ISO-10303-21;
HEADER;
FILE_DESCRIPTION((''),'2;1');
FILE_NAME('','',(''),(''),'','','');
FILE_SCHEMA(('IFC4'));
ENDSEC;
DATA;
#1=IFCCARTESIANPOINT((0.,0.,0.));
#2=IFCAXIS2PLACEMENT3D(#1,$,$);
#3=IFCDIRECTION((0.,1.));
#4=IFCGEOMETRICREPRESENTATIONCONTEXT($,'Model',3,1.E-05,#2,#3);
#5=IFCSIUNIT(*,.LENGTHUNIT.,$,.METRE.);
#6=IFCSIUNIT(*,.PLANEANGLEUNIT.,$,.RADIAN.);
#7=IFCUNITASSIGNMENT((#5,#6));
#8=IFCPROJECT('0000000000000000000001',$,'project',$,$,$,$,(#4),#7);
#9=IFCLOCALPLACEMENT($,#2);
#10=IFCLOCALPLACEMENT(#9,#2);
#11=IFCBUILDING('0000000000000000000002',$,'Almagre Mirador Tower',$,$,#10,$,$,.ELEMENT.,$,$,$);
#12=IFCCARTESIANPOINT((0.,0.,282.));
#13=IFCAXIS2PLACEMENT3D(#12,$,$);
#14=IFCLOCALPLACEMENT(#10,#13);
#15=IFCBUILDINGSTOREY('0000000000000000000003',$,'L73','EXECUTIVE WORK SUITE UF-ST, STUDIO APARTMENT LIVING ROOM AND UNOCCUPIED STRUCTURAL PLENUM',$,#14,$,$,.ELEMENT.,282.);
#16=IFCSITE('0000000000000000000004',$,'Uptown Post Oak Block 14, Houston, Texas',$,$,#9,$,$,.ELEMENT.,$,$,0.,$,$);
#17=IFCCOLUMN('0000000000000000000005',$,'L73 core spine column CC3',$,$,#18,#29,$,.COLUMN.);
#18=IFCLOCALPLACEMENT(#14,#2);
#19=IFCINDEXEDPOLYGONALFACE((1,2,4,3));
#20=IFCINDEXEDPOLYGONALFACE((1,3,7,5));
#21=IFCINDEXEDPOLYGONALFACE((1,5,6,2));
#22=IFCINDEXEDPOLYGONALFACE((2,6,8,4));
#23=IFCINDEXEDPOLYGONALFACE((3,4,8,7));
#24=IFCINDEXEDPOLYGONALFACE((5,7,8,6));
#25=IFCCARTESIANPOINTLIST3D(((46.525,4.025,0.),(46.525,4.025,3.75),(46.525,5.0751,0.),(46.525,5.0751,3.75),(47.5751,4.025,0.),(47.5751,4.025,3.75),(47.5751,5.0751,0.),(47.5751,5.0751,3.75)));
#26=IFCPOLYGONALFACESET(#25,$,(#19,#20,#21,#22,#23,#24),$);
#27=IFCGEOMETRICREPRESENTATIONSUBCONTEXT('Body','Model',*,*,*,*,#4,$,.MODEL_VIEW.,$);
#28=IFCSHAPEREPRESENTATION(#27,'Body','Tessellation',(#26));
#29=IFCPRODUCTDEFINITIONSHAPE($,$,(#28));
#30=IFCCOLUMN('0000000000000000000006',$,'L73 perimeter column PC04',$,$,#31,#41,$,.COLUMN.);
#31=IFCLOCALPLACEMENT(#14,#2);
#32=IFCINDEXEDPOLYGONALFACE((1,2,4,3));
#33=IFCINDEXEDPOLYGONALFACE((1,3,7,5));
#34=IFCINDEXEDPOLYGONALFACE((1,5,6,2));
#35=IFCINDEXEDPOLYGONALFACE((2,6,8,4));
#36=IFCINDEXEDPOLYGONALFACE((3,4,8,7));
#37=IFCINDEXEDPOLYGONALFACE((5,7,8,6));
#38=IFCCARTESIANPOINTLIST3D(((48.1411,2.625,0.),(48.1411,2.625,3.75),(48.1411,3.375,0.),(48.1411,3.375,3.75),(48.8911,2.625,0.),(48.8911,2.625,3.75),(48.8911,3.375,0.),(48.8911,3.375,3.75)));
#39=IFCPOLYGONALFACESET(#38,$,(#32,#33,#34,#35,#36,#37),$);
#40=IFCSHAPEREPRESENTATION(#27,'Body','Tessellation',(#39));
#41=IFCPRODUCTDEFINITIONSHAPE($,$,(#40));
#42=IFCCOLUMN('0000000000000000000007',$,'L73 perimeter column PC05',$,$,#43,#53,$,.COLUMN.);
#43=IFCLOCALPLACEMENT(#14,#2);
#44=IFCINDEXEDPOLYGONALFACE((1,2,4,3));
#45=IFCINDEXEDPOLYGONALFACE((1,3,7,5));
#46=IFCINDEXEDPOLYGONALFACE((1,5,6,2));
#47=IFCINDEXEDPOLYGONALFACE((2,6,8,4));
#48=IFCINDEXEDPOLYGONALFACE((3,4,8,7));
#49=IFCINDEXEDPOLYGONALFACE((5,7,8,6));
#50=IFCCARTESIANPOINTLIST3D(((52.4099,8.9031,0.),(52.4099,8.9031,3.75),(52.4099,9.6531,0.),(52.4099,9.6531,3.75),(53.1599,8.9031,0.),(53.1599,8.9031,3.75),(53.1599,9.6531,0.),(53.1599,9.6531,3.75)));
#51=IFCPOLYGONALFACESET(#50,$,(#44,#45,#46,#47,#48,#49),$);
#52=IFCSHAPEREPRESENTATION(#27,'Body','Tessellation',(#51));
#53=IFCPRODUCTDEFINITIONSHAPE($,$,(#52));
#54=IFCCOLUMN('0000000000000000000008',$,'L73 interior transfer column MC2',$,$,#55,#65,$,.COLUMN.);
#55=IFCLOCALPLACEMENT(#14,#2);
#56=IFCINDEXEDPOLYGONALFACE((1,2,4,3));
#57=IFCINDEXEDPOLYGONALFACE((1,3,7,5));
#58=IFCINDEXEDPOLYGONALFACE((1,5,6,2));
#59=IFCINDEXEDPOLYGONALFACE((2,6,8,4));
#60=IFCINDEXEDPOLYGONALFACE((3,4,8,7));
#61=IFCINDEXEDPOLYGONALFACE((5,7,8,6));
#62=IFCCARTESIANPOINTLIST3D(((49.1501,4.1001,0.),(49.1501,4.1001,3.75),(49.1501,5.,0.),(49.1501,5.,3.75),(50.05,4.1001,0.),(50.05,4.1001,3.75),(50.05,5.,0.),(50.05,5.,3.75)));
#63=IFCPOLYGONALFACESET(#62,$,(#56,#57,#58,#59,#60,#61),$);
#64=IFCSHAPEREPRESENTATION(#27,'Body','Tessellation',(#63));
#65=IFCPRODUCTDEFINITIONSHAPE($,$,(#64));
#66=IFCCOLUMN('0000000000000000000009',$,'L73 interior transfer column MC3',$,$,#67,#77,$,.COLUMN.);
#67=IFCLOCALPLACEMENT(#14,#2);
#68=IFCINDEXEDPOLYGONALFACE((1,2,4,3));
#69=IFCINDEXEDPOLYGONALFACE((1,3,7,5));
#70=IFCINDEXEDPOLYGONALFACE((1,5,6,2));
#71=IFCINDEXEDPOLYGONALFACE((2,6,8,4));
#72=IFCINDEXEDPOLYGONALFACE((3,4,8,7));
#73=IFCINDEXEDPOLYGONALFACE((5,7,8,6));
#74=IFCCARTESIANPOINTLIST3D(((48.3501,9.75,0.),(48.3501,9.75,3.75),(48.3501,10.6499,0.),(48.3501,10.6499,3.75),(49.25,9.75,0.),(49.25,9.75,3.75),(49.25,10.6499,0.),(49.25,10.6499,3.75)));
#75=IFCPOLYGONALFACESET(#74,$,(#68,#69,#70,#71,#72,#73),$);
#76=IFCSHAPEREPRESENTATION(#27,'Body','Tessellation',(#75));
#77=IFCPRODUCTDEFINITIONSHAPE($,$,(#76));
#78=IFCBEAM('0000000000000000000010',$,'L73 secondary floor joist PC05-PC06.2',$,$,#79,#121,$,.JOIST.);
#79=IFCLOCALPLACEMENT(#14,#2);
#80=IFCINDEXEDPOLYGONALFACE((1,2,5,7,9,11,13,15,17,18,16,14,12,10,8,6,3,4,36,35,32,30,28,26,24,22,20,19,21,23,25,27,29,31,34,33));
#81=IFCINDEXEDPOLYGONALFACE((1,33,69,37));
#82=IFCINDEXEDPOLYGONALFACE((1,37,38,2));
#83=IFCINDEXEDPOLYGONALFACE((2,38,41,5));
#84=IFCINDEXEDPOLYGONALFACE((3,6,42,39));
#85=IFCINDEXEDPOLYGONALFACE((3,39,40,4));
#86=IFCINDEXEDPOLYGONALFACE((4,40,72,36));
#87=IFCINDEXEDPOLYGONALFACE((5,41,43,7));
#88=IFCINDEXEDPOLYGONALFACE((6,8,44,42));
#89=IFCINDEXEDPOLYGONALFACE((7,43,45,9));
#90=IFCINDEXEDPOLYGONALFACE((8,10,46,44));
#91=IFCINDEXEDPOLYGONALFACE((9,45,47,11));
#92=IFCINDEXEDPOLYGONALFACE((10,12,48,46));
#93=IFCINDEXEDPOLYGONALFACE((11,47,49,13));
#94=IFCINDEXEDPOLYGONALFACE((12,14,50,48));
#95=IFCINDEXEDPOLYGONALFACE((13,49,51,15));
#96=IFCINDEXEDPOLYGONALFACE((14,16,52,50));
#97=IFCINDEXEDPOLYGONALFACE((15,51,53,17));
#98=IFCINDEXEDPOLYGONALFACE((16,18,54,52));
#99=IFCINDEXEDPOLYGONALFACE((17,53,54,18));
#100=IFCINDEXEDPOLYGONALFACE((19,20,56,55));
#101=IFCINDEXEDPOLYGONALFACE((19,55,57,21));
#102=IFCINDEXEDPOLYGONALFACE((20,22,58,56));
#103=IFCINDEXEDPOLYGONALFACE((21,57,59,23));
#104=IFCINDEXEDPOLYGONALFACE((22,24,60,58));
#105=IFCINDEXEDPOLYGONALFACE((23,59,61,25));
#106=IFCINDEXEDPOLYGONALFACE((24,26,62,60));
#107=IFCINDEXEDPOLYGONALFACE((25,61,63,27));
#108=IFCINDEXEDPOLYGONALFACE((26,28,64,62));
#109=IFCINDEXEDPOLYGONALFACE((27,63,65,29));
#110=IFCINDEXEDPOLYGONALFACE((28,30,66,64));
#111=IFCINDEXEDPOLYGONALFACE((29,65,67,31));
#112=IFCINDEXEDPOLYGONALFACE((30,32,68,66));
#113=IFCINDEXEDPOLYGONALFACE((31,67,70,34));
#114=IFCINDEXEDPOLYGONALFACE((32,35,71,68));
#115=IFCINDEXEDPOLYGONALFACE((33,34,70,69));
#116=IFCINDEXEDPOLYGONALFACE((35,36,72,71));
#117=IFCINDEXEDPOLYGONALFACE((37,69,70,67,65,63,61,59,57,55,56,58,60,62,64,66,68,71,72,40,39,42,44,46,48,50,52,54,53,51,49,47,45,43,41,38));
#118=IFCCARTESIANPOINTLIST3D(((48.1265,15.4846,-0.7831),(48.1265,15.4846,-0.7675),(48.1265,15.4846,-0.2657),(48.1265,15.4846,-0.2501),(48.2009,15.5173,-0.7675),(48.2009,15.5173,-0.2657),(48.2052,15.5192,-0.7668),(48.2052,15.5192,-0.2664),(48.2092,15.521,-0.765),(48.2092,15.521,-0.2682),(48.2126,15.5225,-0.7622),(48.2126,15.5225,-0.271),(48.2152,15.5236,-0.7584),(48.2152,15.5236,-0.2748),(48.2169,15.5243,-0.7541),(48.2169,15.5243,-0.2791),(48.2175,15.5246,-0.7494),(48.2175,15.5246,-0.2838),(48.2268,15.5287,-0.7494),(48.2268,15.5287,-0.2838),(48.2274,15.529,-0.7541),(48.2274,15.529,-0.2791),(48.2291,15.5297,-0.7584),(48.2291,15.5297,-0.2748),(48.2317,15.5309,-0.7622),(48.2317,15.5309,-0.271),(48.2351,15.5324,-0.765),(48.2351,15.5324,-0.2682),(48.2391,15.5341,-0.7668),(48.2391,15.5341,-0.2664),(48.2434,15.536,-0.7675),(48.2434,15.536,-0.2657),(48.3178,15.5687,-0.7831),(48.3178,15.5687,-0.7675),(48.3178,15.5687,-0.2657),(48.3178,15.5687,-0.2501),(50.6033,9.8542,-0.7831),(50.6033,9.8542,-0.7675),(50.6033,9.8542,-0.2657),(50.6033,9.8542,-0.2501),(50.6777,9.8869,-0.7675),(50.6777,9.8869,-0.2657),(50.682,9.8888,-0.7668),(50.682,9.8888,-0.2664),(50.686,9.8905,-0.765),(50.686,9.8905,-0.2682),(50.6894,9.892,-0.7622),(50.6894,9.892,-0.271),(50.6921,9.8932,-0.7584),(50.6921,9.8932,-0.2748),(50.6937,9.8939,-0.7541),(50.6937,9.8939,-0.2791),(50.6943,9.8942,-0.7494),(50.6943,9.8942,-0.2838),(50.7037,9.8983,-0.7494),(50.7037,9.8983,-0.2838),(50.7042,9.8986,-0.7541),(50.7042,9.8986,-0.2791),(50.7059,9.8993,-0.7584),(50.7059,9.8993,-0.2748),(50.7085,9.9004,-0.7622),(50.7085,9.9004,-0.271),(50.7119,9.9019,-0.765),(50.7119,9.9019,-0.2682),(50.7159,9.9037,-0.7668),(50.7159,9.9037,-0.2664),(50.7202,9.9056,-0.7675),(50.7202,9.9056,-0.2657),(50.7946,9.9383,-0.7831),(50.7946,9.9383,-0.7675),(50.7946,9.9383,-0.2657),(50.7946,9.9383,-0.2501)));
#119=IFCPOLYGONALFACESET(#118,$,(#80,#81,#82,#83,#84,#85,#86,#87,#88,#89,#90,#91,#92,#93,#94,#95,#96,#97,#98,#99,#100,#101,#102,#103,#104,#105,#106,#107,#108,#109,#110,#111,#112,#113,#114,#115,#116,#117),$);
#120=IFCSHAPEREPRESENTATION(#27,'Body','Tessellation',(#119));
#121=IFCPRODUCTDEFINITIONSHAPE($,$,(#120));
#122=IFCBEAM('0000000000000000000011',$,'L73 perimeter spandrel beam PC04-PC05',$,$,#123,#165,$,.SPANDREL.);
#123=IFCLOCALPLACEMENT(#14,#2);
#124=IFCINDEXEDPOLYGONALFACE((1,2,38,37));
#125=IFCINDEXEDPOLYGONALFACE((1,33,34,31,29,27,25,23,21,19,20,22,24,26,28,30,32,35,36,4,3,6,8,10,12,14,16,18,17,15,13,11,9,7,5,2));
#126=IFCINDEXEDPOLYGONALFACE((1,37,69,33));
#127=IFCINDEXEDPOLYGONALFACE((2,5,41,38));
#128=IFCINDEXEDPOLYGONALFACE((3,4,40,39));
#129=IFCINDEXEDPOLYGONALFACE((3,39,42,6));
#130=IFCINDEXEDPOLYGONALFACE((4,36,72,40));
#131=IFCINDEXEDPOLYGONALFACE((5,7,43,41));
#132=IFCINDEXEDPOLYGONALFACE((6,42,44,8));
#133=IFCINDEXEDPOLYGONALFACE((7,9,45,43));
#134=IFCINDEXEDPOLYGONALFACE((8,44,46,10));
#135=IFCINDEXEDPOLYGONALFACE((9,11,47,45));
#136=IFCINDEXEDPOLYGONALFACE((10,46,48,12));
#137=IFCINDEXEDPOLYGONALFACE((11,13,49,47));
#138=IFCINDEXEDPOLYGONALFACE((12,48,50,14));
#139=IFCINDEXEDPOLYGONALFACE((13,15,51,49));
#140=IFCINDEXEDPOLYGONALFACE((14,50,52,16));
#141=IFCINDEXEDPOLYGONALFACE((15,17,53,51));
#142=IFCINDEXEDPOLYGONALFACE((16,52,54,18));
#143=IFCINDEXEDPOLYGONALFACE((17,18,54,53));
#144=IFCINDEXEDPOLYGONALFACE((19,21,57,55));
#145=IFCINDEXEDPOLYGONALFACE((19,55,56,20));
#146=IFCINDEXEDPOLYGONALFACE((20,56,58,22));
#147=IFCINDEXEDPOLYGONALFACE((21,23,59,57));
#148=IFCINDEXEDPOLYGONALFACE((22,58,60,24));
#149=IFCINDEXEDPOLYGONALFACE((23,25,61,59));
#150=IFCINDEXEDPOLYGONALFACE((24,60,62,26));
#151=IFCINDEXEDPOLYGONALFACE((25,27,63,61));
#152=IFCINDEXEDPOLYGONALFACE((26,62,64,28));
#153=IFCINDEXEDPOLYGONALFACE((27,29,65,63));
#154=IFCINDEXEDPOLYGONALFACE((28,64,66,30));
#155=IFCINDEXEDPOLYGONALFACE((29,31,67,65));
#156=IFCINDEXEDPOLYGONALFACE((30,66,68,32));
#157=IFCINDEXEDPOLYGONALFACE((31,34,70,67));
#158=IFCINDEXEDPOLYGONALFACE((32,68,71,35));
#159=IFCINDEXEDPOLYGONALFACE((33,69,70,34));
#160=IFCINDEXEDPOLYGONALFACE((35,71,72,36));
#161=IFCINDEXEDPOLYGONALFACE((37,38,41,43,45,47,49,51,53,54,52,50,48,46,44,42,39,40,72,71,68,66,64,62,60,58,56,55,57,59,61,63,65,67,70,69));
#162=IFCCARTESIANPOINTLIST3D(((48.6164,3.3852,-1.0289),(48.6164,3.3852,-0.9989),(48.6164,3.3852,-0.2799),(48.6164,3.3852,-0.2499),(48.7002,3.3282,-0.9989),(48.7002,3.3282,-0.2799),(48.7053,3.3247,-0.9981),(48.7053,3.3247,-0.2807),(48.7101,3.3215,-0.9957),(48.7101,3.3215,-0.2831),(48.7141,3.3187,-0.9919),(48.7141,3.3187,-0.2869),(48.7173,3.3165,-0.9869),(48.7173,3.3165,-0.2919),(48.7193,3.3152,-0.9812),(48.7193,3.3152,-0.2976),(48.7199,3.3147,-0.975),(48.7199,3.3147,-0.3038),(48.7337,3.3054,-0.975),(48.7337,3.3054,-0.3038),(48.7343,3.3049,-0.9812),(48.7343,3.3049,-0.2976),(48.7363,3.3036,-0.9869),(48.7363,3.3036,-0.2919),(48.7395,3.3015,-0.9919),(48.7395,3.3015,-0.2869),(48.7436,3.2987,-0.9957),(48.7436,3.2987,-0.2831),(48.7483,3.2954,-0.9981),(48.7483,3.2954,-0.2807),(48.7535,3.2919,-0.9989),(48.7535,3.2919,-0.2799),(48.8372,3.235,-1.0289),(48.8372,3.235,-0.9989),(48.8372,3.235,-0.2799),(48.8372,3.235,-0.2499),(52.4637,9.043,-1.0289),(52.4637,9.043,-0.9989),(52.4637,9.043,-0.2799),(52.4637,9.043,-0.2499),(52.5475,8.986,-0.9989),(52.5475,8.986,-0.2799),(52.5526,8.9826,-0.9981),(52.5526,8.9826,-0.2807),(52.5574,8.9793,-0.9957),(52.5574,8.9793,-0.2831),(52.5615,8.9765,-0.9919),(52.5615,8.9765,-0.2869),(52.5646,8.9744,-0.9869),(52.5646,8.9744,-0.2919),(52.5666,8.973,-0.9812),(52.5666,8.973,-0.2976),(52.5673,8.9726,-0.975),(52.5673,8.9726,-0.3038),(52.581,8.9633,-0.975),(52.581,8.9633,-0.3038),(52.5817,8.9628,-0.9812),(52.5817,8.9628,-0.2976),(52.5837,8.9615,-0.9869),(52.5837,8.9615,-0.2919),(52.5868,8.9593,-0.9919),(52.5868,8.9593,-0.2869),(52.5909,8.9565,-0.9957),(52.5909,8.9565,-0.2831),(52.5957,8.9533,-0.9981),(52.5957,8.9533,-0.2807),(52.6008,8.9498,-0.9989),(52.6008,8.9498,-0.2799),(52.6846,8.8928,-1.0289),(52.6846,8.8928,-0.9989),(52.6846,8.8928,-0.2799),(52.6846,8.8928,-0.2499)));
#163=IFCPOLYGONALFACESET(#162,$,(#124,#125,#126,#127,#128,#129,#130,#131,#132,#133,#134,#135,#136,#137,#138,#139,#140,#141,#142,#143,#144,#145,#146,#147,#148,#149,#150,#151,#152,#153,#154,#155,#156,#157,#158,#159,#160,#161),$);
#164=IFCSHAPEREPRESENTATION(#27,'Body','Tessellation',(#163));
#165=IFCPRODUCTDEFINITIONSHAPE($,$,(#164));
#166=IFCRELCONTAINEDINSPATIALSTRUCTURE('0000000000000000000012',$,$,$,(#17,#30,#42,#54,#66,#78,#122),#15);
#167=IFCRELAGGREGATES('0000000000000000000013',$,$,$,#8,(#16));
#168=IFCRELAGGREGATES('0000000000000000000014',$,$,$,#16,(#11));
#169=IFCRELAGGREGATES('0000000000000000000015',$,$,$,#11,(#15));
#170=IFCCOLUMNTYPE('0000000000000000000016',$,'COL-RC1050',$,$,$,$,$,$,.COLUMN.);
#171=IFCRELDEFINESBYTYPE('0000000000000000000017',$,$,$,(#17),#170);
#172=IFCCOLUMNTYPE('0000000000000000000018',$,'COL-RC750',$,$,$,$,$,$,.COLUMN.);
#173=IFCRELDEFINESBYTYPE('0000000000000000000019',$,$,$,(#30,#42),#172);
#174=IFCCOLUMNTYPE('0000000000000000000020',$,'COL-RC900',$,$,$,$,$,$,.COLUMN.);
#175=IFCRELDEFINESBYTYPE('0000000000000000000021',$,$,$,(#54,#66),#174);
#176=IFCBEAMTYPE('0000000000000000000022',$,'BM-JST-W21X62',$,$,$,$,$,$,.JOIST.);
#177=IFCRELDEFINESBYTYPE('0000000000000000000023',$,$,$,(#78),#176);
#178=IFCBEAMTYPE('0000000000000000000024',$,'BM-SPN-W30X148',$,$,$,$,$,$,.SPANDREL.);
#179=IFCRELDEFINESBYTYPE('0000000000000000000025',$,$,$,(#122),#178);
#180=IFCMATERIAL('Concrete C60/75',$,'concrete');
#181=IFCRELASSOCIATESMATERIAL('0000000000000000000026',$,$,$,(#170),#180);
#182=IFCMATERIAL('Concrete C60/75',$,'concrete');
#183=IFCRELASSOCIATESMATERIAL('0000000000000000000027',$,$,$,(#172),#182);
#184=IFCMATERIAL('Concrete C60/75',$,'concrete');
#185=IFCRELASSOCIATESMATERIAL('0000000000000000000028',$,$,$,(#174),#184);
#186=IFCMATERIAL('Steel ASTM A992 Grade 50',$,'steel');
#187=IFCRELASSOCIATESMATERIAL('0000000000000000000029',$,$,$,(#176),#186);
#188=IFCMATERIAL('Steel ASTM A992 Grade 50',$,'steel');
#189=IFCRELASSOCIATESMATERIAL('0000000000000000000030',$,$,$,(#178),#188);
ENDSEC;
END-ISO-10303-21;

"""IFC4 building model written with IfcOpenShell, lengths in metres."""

from ifc_helpers import new_model, si_unit, direction, frame, origin, origin_2d, place, context, subcontext, project, spatial, rectangle, i_section, extrude, material, material_profile, profile_set, type_object, element, save


model = new_model("IFC4")

# Units and contexts
model_context = context("Model", 3, precision=1e-05, world=origin(), true_north=direction((0.0, 1.0)))
body_context = subcontext(model_context, "Body", "Model", "MODEL_VIEW")
ifc_project = project(units=[si_unit("LENGTHUNIT", "METRE"), si_unit("PLANEANGLEUNIT", "RADIAN")], contexts=[model_context])

# Site, building, storey
site_placement = place(None, origin())
site = spatial("IfcSite", under=ifc_project, at=site_placement, Name="Uptown Post Oak Block 14, Houston, Texas", CompositionType="ELEMENT", RefElevation=0.0)
building_placement = place(site_placement, origin())
building = spatial("IfcBuilding", under=site, at=building_placement, Name="Almagre Mirador Tower", CompositionType="ELEMENT")
storey_placement = place(building_placement, frame((0.0, 0.0, 282.0)))
storey = spatial("IfcBuildingStorey", under=building, at=storey_placement, Name="L73", Description="EXECUTIVE WORK SUITE UF-ST, STUDIO APARTMENT LIVING ROOM AND UNOCCUPIED STRUCTURAL PLENUM", CompositionType="ELEMENT", Elevation=282.0)

# Columns
ifc_material_1 = material(Name="Concrete C60/75", Category="concrete")
ifc_material_profile_1 = material_profile(ifc_material_1, rectangle(XDim=1.05, YDim=1.05, at=origin_2d()), Name="RC1050X1050")
ifc_profile_set_1 = profile_set([ifc_material_profile_1], Name="Concrete C60/75")
column_type_1 = type_object("IfcColumnType", Name="COL-RC1050", PredefinedType="COLUMN", material=ifc_profile_set_1)
column_placement = place(storey_placement, frame((47.05, 4.55, 0.0), z_axis=(0.0, 0.0, 1.0), x_axis=(1.0, 0.0, 0.0)))
element("IfcColumn", 1, at=column_placement, inside=storey, type_object=column_type_1, Name="L73 core spine column CC3", PredefinedType="COLUMN", context=body_context, shape_type="SweptSolid", body=[
    extrude(rectangle(XDim=1.05, YDim=1.05, at=origin_2d()), origin(), (0.0, 0.0, 1.0), 3.75),
])
ifc_material_2 = material(Name="Concrete C60/75", Category="concrete")
ifc_material_profile_2 = material_profile(ifc_material_2, rectangle(XDim=0.75, YDim=0.75, at=origin_2d()), Name="RC750X750")
ifc_profile_set_2 = profile_set([ifc_material_profile_2], Name="Concrete C60/75")
column_type_2 = type_object("IfcColumnType", Name="COL-RC750", PredefinedType="COLUMN", material=ifc_profile_set_2)
for number, where, z_axis, x_axis, name in (
    (2, (48.5161, 3.0, 0.0), (0.0, 0.0, 1.0), (1.0, 0.0, 0.0), "L73 perimeter column PC04"),
    (3, (52.7849, 9.2781, 0.0), (0.0, 0.0, 1.0), (1.0, 0.0, 0.0), "L73 perimeter column PC05"),
):
    element("IfcColumn", number, at=place(storey_placement, frame(where, z_axis=z_axis, x_axis=x_axis)), inside=storey, type_object=column_type_2, Name=name, PredefinedType="COLUMN", context=body_context, shape_type="SweptSolid", body=[
        extrude(rectangle(XDim=0.75, YDim=0.75, at=origin_2d()), origin(), (0.0, 0.0, 1.0), 3.75),
    ])
ifc_material_3 = material(Name="Concrete C60/75", Category="concrete")
ifc_material_profile_3 = material_profile(ifc_material_3, rectangle(XDim=0.8999, YDim=0.8999, at=origin_2d()), Name="RC900X900")
ifc_profile_set_3 = profile_set([ifc_material_profile_3], Name="Concrete C60/75")
column_type_3 = type_object("IfcColumnType", Name="COL-RC900", PredefinedType="COLUMN", material=ifc_profile_set_3)
for number, where, z_axis, x_axis, name in (
    (4, (49.6001, 4.55, 0.0), (0.0, 0.0, 1.0), (1.0, 0.0, 0.0), "L73 interior transfer column MC2"),
    (5, (48.8, 10.2, 0.0), (0.0, 0.0, 1.0), (1.0, 0.0, 0.0), "L73 interior transfer column MC3"),
):
    element("IfcColumn", number, at=place(storey_placement, frame(where, z_axis=z_axis, x_axis=x_axis)), inside=storey, type_object=column_type_3, Name=name, PredefinedType="COLUMN", context=body_context, shape_type="SweptSolid", body=[
        extrude(rectangle(XDim=0.8999, YDim=0.8999, at=origin_2d()), origin(), (0.0, 0.0, 1.0), 3.75),
    ])

# Beams
ifc_material_4 = material(Name="Steel ASTM A992 Grade 50", Category="steel")
ifc_material_profile_4 = material_profile(ifc_material_4, i_section(OverallWidth=0.209, OverallDepth=0.533, WebThickness=0.0103, FlangeThickness=0.0156, FilletRadius=0.0181, at=origin_2d()), Name="W21X62")
ifc_profile_set_4 = profile_set([ifc_material_profile_4], Name="Steel ASTM A992 Grade 50")
beam_type_1 = type_object("IfcBeamType", Name="BM-JST-W21X62", PredefinedType="JOIST", material=ifc_profile_set_4)
beam_1_placement = place(storey_placement, frame((50.699, 9.8962, -0.5166), z_axis=(-0.402663, 0.915348, 0.0), x_axis=(-0.915348, -0.402663, 0.0)))
element("IfcBeam", 6, at=beam_1_placement, inside=storey, type_object=beam_type_1, Name="L73 secondary floor joist PC05-PC06.2", PredefinedType="JOIST", context=body_context, shape_type="SweptSolid", body=[
    extrude(i_section(OverallWidth=0.209, OverallDepth=0.533, WebThickness=0.0103, FlangeThickness=0.0156, FilletRadius=0.0181, at=origin_2d()), origin(), (0.0, 0.0, 1.0), 6.1511),
])
ifc_material_5 = material(Name="Steel ASTM A992 Grade 50", Category="steel")
ifc_material_profile_5 = material_profile(ifc_material_5, i_section(OverallWidth=0.2671, OverallDepth=0.7791, WebThickness=0.0166, FlangeThickness=0.03, FilletRadius=0.0239, at=origin_2d()), Name="W30X148")
ifc_profile_set_5 = profile_set([ifc_material_profile_5], Name="Steel ASTM A992 Grade 50")
beam_type_2 = type_object("IfcBeamType", Name="BM-SPN-W30X148", PredefinedType="SPANDREL", material=ifc_profile_set_5)
beam_2_placement = place(storey_placement, frame((48.7268, 3.3101, -0.6394), z_axis=(0.56231, 0.826927, 0.0), x_axis=(-0.826927, 0.56231, 0.0)))
element("IfcBeam", 7, at=beam_2_placement, inside=storey, type_object=beam_type_2, Name="L73 perimeter spandrel beam PC04-PC05", PredefinedType="SPANDREL", context=body_context, shape_type="SweptSolid", body=[
    extrude(i_section(OverallWidth=0.2671, OverallDepth=0.7791, WebThickness=0.0166, FlangeThickness=0.03, FilletRadius=0.0239, at=origin_2d()), origin(), (0.0, 0.0, 1.0), 6.842),
])

save(model, "model.ifc")
